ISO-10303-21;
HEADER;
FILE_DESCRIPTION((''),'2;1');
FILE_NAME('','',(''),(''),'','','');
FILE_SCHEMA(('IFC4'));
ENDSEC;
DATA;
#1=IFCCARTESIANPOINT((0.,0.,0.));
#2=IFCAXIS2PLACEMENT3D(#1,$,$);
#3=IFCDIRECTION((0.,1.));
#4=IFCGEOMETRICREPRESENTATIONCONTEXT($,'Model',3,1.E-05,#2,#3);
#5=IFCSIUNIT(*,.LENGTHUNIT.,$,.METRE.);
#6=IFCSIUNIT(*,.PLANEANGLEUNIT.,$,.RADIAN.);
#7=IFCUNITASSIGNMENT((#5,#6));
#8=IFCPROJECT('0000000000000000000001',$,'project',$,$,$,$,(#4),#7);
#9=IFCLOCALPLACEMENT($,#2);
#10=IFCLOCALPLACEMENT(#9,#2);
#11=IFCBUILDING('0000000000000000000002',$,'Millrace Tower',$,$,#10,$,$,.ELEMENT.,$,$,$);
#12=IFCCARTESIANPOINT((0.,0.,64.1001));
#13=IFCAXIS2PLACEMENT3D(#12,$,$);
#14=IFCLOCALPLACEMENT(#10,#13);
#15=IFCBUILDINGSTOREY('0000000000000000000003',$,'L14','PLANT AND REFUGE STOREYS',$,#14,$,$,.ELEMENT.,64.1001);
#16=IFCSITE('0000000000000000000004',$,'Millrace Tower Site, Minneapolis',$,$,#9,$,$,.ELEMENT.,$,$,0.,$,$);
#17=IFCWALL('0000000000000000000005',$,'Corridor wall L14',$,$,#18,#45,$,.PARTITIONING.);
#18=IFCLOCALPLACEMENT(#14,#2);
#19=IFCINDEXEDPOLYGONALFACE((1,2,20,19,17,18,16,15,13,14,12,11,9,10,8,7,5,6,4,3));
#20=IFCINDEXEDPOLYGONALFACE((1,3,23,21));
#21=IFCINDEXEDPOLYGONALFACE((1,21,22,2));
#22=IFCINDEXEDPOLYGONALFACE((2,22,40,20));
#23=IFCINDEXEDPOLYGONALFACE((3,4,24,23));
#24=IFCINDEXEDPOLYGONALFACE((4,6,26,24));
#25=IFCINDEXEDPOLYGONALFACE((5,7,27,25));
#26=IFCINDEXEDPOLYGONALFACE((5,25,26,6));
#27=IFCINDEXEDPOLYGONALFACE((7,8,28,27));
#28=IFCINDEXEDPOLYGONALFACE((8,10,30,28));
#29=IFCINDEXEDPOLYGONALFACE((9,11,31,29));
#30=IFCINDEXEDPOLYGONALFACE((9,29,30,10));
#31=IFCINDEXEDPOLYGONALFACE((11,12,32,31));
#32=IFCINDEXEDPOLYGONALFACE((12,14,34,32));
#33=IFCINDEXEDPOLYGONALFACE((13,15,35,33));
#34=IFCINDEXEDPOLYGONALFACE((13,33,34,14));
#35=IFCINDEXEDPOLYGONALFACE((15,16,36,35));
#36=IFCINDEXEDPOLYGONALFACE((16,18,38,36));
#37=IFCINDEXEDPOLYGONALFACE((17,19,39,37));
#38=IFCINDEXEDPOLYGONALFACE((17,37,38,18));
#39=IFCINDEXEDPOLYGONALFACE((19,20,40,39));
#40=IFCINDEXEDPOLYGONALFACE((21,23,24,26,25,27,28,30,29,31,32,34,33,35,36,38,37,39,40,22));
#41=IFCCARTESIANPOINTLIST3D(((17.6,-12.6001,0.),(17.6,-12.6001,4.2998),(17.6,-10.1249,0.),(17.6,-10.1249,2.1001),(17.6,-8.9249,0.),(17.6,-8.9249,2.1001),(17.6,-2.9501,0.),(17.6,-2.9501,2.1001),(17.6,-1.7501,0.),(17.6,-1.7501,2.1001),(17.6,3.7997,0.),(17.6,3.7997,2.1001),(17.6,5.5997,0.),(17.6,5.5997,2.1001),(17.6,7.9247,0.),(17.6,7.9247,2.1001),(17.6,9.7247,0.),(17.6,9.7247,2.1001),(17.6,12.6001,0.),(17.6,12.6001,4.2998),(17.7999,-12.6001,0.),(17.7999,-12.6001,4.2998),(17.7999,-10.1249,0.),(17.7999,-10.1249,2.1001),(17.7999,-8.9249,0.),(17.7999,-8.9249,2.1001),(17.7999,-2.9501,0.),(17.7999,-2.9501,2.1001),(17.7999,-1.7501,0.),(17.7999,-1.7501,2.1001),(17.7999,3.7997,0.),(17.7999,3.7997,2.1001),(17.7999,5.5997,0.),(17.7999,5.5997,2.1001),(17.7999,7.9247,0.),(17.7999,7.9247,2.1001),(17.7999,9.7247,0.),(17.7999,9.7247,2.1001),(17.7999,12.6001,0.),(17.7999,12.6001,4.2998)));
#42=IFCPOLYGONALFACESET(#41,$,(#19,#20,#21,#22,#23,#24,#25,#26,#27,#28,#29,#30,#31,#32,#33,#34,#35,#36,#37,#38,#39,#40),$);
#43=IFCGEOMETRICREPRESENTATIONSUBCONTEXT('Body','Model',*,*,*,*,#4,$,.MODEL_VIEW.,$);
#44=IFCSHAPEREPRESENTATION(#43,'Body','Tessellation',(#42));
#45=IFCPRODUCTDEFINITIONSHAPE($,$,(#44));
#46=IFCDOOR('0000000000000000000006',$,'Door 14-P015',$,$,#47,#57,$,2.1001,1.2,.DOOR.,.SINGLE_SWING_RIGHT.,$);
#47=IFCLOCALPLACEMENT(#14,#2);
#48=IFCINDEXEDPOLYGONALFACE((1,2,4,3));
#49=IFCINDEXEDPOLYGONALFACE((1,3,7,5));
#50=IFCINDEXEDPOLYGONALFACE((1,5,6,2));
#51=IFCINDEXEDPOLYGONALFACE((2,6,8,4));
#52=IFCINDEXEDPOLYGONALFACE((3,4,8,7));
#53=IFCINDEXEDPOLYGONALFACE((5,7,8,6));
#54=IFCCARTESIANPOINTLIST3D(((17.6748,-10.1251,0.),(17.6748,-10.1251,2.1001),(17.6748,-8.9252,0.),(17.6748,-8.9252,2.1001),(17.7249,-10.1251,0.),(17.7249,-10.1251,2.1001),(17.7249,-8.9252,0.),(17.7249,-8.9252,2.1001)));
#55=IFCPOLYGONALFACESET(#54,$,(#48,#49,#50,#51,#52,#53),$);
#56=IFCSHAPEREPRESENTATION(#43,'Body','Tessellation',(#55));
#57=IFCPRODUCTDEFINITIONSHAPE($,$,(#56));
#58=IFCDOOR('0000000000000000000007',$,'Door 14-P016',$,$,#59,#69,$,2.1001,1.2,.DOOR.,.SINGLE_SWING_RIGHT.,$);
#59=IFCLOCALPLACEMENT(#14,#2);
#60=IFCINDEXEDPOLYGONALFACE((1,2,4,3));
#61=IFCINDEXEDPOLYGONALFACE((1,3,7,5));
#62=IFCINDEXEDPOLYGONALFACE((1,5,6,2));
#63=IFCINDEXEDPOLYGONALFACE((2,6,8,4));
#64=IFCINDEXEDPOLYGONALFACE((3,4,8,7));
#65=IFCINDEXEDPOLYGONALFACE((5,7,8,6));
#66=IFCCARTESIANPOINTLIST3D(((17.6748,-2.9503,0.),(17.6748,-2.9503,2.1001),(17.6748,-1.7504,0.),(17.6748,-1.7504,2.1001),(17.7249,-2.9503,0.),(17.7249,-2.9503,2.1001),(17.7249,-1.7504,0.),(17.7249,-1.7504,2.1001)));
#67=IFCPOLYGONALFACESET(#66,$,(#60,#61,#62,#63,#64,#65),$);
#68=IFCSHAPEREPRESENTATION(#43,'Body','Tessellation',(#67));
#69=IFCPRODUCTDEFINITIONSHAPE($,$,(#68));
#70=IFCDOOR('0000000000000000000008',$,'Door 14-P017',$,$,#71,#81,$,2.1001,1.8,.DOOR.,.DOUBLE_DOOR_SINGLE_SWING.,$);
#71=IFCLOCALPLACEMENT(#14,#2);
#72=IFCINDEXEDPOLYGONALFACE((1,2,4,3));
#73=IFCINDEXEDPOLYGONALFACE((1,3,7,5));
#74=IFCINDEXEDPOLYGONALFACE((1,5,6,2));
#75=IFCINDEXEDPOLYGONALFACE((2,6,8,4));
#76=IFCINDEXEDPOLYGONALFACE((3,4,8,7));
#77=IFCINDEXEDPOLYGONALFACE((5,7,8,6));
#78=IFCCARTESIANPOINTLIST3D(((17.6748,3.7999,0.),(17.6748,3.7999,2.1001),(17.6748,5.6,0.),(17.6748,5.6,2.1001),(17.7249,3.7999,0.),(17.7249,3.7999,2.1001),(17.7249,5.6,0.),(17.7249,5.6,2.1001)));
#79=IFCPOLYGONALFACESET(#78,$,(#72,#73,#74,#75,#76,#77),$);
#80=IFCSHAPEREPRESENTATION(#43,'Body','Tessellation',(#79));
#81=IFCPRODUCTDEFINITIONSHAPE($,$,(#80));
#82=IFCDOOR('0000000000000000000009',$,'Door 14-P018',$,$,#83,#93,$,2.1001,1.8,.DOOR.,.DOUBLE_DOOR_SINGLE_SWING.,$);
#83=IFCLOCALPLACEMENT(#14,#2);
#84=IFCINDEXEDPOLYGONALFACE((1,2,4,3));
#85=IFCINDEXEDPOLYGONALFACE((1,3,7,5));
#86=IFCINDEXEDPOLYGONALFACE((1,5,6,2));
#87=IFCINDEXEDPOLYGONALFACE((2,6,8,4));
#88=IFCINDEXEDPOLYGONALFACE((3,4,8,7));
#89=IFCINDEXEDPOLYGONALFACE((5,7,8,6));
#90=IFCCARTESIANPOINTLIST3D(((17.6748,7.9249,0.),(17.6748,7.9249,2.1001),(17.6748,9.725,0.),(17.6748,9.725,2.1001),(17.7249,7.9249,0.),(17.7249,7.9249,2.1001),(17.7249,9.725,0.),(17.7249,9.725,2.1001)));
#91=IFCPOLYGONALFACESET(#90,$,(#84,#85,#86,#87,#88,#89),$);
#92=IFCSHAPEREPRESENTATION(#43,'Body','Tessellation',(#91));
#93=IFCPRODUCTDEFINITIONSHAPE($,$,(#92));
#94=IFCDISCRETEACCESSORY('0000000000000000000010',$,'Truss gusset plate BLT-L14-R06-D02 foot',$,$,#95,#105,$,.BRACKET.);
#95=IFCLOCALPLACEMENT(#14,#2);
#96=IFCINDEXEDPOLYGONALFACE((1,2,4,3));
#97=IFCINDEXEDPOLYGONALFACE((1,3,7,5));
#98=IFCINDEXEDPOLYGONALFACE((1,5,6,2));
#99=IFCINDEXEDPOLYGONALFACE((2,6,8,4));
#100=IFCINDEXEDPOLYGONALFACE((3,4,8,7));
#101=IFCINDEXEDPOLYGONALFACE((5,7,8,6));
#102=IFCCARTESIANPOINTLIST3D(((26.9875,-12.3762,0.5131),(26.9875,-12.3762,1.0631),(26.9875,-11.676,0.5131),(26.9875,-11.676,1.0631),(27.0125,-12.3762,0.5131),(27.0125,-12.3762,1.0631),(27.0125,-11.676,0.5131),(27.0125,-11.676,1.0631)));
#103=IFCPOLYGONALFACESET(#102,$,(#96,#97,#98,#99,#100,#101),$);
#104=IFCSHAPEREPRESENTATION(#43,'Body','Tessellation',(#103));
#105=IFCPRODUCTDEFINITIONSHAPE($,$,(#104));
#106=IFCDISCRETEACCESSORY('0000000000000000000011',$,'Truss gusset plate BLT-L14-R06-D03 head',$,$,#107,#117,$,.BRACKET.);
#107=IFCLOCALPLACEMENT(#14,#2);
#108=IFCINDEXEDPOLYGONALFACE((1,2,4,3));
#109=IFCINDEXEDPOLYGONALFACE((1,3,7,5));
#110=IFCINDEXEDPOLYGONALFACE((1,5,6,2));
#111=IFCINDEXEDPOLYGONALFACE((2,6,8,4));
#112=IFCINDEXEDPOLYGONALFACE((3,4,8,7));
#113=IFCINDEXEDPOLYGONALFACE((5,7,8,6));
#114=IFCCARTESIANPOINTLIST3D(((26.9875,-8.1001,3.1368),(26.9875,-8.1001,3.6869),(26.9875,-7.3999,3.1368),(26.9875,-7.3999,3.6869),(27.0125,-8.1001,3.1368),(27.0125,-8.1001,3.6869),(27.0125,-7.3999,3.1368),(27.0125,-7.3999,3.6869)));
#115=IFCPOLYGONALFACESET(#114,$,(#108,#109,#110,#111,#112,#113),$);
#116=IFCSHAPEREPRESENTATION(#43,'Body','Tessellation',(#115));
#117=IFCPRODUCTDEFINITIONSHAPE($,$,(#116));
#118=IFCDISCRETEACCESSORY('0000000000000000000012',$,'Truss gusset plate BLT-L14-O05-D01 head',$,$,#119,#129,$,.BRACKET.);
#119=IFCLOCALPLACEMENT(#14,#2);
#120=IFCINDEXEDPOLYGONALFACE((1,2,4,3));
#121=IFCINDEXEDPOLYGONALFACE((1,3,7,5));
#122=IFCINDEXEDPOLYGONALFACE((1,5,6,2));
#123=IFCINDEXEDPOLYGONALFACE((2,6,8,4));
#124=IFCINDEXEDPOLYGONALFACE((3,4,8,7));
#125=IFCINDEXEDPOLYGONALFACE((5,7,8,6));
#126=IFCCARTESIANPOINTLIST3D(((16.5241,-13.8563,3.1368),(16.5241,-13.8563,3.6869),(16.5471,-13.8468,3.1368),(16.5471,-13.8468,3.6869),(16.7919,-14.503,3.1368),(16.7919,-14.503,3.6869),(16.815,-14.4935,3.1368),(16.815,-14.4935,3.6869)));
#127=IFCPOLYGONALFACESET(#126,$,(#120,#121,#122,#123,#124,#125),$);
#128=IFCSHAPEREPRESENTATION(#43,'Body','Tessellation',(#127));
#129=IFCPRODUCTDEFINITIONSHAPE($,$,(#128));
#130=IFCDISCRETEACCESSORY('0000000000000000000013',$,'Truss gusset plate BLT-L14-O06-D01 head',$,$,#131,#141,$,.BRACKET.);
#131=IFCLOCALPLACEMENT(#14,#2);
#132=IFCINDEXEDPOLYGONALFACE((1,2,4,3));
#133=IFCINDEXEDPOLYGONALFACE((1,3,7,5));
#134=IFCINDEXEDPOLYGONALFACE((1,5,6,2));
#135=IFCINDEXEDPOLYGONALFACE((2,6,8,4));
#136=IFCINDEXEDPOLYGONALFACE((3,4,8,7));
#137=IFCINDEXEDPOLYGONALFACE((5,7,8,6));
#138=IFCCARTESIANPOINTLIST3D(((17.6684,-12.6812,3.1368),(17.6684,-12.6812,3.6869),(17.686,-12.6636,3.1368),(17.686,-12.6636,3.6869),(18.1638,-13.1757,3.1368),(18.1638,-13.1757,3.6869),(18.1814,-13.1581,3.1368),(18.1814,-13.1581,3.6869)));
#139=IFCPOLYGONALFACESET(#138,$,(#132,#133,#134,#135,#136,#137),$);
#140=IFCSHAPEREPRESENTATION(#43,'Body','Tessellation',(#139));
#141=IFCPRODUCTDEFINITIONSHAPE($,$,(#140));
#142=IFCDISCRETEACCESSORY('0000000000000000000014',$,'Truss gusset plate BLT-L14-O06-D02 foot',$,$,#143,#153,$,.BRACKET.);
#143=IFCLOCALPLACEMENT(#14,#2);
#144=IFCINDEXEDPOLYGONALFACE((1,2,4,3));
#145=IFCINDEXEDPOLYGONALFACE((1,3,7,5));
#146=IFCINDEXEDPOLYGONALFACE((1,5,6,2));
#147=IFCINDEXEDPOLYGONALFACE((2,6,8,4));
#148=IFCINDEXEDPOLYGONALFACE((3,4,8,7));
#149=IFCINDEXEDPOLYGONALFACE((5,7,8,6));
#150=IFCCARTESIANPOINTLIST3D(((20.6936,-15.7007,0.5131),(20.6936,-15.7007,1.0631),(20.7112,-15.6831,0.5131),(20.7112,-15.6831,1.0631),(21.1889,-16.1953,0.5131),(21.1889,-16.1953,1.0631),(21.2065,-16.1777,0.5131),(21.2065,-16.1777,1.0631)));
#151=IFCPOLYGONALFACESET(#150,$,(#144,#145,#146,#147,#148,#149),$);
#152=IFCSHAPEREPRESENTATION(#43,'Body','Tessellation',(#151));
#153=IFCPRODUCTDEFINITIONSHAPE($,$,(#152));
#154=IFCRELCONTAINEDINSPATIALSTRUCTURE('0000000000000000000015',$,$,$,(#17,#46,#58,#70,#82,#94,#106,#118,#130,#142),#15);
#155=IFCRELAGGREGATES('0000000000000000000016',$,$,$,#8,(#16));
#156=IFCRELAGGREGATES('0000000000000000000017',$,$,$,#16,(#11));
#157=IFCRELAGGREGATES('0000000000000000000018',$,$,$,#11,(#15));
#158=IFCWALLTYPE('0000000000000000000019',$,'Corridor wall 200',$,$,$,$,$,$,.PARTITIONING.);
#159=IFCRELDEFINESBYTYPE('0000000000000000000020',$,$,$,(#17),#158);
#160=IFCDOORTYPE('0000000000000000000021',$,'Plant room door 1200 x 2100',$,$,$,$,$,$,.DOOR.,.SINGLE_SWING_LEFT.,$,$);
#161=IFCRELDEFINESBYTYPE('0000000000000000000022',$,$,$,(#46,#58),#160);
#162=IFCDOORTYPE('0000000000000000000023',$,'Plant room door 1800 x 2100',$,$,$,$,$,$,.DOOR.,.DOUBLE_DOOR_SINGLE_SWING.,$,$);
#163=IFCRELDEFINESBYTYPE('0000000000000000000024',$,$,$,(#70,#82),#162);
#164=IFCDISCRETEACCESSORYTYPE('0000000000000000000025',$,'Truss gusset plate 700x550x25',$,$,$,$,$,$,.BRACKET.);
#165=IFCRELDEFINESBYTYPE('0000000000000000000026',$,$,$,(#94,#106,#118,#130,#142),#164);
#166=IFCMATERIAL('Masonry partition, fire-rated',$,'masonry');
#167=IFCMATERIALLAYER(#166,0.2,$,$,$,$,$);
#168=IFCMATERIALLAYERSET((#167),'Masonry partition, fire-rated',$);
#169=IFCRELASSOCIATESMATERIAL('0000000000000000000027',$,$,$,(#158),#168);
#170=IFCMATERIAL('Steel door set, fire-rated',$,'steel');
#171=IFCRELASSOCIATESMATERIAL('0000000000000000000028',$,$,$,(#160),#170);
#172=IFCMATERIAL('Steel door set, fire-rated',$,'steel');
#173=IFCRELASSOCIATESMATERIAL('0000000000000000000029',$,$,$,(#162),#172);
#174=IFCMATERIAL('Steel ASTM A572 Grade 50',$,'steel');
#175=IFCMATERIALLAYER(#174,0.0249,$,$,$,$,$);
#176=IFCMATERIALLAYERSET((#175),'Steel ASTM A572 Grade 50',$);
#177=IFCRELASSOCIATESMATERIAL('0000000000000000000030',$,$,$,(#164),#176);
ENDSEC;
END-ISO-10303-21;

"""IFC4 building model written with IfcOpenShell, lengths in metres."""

from ifc_helpers import new_model, si_unit, direction, frame, frame_2d, origin, origin_2d, place, context, subcontext, project, spatial, rectangle, extrude, material, layer, layer_set, type_object, element, fill, save


model = new_model("IFC4")

# Units and contexts
model_context = context("Model", 3, precision=1e-05, world=origin(), true_north=direction((0.0, 1.0)))
body_context = subcontext(model_context, "Body", "Model", "MODEL_VIEW")
ifc_project = project(units=[si_unit("LENGTHUNIT", "METRE"), si_unit("PLANEANGLEUNIT", "RADIAN")], contexts=[model_context])

# Site, building, storey
site_placement = place(None, origin())
site = spatial("IfcSite", under=ifc_project, at=site_placement, Name="Millrace Tower Site, Minneapolis", CompositionType="ELEMENT", RefElevation=0.0)
building_placement = place(site_placement, origin())
building = spatial("IfcBuilding", under=site, at=building_placement, Name="Millrace Tower", CompositionType="ELEMENT")
storey_placement = place(building_placement, frame((0.0, 0.0, 64.1001)))
storey = spatial("IfcBuildingStorey", under=building, at=storey_placement, Name="L14", Description="PLANT AND REFUGE STOREYS", CompositionType="ELEMENT", Elevation=64.1001)

# Wall, openings, doors
ifc_material_1 = material(Name="Masonry partition, fire-rated", Category="masonry")
ifc_layer_1 = layer(ifc_material_1, 0.2)
ifc_layer_set_1 = layer_set([ifc_layer_1], Name="Masonry partition, fire-rated")
wall_type_1 = type_object("IfcWallType", Name="Corridor wall 200", PredefinedType="PARTITIONING", material=ifc_layer_set_1)
wall_1_placement = place(storey_placement, frame((17.7, -12.6001, 0.0), z_axis=(0.0, 0.0, 1.0), x_axis=(0.0, 1.0, 0.0)))
wall_1 = element("IfcWall", 1, at=wall_1_placement, inside=storey, type_object=wall_type_1, Name="Corridor wall L14", PredefinedType="PARTITIONING", context=body_context, shape_type="SweptSolid", body=[
    extrude(rectangle(XDim=25.2002, YDim=0.2, at=frame_2d((12.6001, 0.0))), origin(), (0.0, 0.0, 1.0), 4.2998),
])
opening_1_placement = place(wall_1_placement, frame((2.4751, 0.0, 0.0)))
opening_1 = element("IfcOpeningElement", 2, at=opening_1_placement, cuts=wall_1, PredefinedType="OPENING", context=body_context, shape_type="SweptSolid", body=[
    extrude(rectangle(XDim=1.2, YDim=2.1001, at=frame_2d((0.6001, 1.05))), frame((0.0, 0.1099, 0.0), z_axis=(0.0, -1.0, 0.0), x_axis=(1.0, 0.0, 0.0)), (0.0, 0.0, 1.0), 0.22),
])
opening_2_placement = place(wall_1_placement, frame((9.6499, 0.0, 0.0)))
opening_2 = element("IfcOpeningElement", 3, at=opening_2_placement, cuts=wall_1, PredefinedType="OPENING", context=body_context, shape_type="SweptSolid", body=[
    extrude(rectangle(XDim=1.2, YDim=2.1001, at=frame_2d((0.6001, 1.05))), frame((0.0, 0.1099, 0.0), z_axis=(0.0, -1.0, 0.0), x_axis=(1.0, 0.0, 0.0)), (0.0, 0.0, 1.0), 0.22),
])
opening_3_placement = place(wall_1_placement, frame((16.3999, 0.0, 0.0)))
opening_3 = element("IfcOpeningElement", 4, at=opening_3_placement, cuts=wall_1, PredefinedType="OPENING", context=body_context, shape_type="SweptSolid", body=[
    extrude(rectangle(XDim=1.8, YDim=2.1001, at=frame_2d((0.8999, 1.05))), frame((0.0, 0.1099, 0.0), z_axis=(0.0, -1.0, 0.0), x_axis=(1.0, 0.0, 0.0)), (0.0, 0.0, 1.0), 0.22),
])
opening_4_placement = place(wall_1_placement, frame((20.5249, 0.0, 0.0)))
opening_4 = element("IfcOpeningElement", 5, at=opening_4_placement, cuts=wall_1, PredefinedType="OPENING", context=body_context, shape_type="SweptSolid", body=[
    extrude(rectangle(XDim=1.8, YDim=2.1001, at=frame_2d((0.8999, 1.05))), frame((0.0, 0.1099, 0.0), z_axis=(0.0, -1.0, 0.0), x_axis=(1.0, 0.0, 0.0)), (0.0, 0.0, 1.0), 0.22),
])
ifc_material_2 = material(Name="Steel door set, fire-rated", Category="steel")
door_type_1 = type_object("IfcDoorType", Name="Plant room door 1200 x 2100", OperationType="SINGLE_SWING_LEFT", PredefinedType="DOOR", material=ifc_material_2)
door_1_placement = place(opening_1_placement, frame((1.2, 0.0, 0.0), z_axis=(0.0, 0.0, 1.0), x_axis=(-1.0, 0.0, 0.0)))
door_1 = element("IfcDoor", 6, at=door_1_placement, inside=storey, type_object=door_type_1, Name="Door 14-P015", OperationType="SINGLE_SWING_RIGHT", OverallHeight=2.1001, OverallWidth=1.2, PredefinedType="DOOR", context=body_context, shape_type="SweptSolid", body=[
    extrude(rectangle(XDim=1.2, YDim=2.1001, at=frame_2d((0.6001, 1.05))), frame((0.0, 0.0249, 0.0), z_axis=(0.0, -1.0, 0.0), x_axis=(1.0, 0.0, 0.0)), (0.0, 0.0, 1.0), 0.05),
])
fill(opening_1, door_1)
door_2_placement = place(opening_2_placement, frame((1.2, 0.0, 0.0), z_axis=(0.0, 0.0, 1.0), x_axis=(-1.0, 0.0, 0.0)))
door_2 = element("IfcDoor", 7, at=door_2_placement, inside=storey, type_object=door_type_1, Name="Door 14-P016", OperationType="SINGLE_SWING_RIGHT", OverallHeight=2.1001, OverallWidth=1.2, PredefinedType="DOOR", context=body_context, shape_type="SweptSolid", body=[
    extrude(rectangle(XDim=1.2, YDim=2.1001, at=frame_2d((0.6001, 1.05))), frame((0.0, 0.0249, 0.0), z_axis=(0.0, -1.0, 0.0), x_axis=(1.0, 0.0, 0.0)), (0.0, 0.0, 1.0), 0.05),
])
fill(opening_2, door_2)
ifc_material_3 = material(Name="Steel door set, fire-rated", Category="steel")
door_type_2 = type_object("IfcDoorType", Name="Plant room door 1800 x 2100", OperationType="DOUBLE_DOOR_SINGLE_SWING", PredefinedType="DOOR", material=ifc_material_3)
door_3_placement = place(opening_3_placement, frame((1.8, 0.0, 0.0), z_axis=(0.0, 0.0, 1.0), x_axis=(-1.0, 0.0, 0.0)))
door_3 = element("IfcDoor", 8, at=door_3_placement, inside=storey, type_object=door_type_2, Name="Door 14-P017", OperationType="DOUBLE_DOOR_SINGLE_SWING", OverallHeight=2.1001, OverallWidth=1.8, PredefinedType="DOOR", context=body_context, shape_type="SweptSolid", body=[
    extrude(rectangle(XDim=1.8, YDim=2.1001, at=frame_2d((0.8999, 1.05))), frame((0.0, 0.0249, 0.0), z_axis=(0.0, -1.0, 0.0), x_axis=(1.0, 0.0, 0.0)), (0.0, 0.0, 1.0), 0.05),
])
fill(opening_3, door_3)
door_4_placement = place(opening_4_placement, frame((1.8, 0.0, 0.0), z_axis=(0.0, 0.0, 1.0), x_axis=(-1.0, 0.0, 0.0)))
door_4 = element("IfcDoor", 9, at=door_4_placement, inside=storey, type_object=door_type_2, Name="Door 14-P018", OperationType="DOUBLE_DOOR_SINGLE_SWING", OverallHeight=2.1001, OverallWidth=1.8, PredefinedType="DOOR", context=body_context, shape_type="SweptSolid", body=[
    extrude(rectangle(XDim=1.8, YDim=2.1001, at=frame_2d((0.8999, 1.05))), frame((0.0, 0.0249, 0.0), z_axis=(0.0, -1.0, 0.0), x_axis=(1.0, 0.0, 0.0)), (0.0, 0.0, 1.0), 0.05),
])
fill(opening_4, door_4)

# Discrete accessories
ifc_material_4 = material(Name="Steel ASTM A572 Grade 50", Category="steel")
ifc_layer_2 = layer(ifc_material_4, 0.0249)
ifc_layer_set_2 = layer_set([ifc_layer_2], Name="Steel ASTM A572 Grade 50")
discrete_accessory_type = type_object("IfcDiscreteAccessoryType", Name="Truss gusset plate 700x550x25", PredefinedType="BRACKET", material=ifc_layer_set_2)
for number, where, z_axis, x_axis, name in (
    (10, (27.0, -12.3762, 0.7881), (0.0, 1.0, 0.0), (-1.0, 0.0, 0.0), "Truss gusset plate BLT-L14-R06-D02 foot"),
    (11, (27.0, -8.1001, 3.4119), (0.0, 1.0, 0.0), (-1.0, 0.0, 0.0), "Truss gusset plate BLT-L14-R06-D03 head"),
):
    element("IfcDiscreteAccessory", number, at=place(storey_placement, frame(where, z_axis=z_axis, x_axis=x_axis)), inside=storey, type_object=discrete_accessory_type, Name=name, PredefinedType="BRACKET", context=body_context, shape_type="SweptSolid", body=[
        extrude(rectangle(XDim=0.0249, YDim=0.55, at=origin_2d()), origin(), (0.0, 0.0, 1.0), 0.7002),
    ])
for number, where, z_axis, x_axis, name in (
    (12, (16.5356, -13.8516, 3.4119), (0.382608, -0.923911, 0.0), (0.923911, 0.382608, 0.0), "Truss gusset plate BLT-L14-O05-D01 head"),
    (13, (17.6772, -12.6724, 3.4119), (0.70763, -0.706583, 0.0), (0.706583, 0.70763, 0.0), "Truss gusset plate BLT-L14-O06-D01 head"),
    (14, (20.7024, -15.6919, 0.7881), (0.70763, -0.706583, 0.0), (0.706583, 0.70763, 0.0), "Truss gusset plate BLT-L14-O06-D02 foot"),
):
    element("IfcDiscreteAccessory", number, at=place(storey_placement, frame(where, z_axis=z_axis, x_axis=x_axis)), inside=storey, type_object=discrete_accessory_type, Name=name, PredefinedType="BRACKET", context=body_context, shape_type="SweptSolid", body=[
        extrude(rectangle(XDim=0.0249, YDim=0.55, at=origin_2d()), origin(), (0.0, 0.0, 1.0), 0.7),
    ])

save(model, "model.ifc")
